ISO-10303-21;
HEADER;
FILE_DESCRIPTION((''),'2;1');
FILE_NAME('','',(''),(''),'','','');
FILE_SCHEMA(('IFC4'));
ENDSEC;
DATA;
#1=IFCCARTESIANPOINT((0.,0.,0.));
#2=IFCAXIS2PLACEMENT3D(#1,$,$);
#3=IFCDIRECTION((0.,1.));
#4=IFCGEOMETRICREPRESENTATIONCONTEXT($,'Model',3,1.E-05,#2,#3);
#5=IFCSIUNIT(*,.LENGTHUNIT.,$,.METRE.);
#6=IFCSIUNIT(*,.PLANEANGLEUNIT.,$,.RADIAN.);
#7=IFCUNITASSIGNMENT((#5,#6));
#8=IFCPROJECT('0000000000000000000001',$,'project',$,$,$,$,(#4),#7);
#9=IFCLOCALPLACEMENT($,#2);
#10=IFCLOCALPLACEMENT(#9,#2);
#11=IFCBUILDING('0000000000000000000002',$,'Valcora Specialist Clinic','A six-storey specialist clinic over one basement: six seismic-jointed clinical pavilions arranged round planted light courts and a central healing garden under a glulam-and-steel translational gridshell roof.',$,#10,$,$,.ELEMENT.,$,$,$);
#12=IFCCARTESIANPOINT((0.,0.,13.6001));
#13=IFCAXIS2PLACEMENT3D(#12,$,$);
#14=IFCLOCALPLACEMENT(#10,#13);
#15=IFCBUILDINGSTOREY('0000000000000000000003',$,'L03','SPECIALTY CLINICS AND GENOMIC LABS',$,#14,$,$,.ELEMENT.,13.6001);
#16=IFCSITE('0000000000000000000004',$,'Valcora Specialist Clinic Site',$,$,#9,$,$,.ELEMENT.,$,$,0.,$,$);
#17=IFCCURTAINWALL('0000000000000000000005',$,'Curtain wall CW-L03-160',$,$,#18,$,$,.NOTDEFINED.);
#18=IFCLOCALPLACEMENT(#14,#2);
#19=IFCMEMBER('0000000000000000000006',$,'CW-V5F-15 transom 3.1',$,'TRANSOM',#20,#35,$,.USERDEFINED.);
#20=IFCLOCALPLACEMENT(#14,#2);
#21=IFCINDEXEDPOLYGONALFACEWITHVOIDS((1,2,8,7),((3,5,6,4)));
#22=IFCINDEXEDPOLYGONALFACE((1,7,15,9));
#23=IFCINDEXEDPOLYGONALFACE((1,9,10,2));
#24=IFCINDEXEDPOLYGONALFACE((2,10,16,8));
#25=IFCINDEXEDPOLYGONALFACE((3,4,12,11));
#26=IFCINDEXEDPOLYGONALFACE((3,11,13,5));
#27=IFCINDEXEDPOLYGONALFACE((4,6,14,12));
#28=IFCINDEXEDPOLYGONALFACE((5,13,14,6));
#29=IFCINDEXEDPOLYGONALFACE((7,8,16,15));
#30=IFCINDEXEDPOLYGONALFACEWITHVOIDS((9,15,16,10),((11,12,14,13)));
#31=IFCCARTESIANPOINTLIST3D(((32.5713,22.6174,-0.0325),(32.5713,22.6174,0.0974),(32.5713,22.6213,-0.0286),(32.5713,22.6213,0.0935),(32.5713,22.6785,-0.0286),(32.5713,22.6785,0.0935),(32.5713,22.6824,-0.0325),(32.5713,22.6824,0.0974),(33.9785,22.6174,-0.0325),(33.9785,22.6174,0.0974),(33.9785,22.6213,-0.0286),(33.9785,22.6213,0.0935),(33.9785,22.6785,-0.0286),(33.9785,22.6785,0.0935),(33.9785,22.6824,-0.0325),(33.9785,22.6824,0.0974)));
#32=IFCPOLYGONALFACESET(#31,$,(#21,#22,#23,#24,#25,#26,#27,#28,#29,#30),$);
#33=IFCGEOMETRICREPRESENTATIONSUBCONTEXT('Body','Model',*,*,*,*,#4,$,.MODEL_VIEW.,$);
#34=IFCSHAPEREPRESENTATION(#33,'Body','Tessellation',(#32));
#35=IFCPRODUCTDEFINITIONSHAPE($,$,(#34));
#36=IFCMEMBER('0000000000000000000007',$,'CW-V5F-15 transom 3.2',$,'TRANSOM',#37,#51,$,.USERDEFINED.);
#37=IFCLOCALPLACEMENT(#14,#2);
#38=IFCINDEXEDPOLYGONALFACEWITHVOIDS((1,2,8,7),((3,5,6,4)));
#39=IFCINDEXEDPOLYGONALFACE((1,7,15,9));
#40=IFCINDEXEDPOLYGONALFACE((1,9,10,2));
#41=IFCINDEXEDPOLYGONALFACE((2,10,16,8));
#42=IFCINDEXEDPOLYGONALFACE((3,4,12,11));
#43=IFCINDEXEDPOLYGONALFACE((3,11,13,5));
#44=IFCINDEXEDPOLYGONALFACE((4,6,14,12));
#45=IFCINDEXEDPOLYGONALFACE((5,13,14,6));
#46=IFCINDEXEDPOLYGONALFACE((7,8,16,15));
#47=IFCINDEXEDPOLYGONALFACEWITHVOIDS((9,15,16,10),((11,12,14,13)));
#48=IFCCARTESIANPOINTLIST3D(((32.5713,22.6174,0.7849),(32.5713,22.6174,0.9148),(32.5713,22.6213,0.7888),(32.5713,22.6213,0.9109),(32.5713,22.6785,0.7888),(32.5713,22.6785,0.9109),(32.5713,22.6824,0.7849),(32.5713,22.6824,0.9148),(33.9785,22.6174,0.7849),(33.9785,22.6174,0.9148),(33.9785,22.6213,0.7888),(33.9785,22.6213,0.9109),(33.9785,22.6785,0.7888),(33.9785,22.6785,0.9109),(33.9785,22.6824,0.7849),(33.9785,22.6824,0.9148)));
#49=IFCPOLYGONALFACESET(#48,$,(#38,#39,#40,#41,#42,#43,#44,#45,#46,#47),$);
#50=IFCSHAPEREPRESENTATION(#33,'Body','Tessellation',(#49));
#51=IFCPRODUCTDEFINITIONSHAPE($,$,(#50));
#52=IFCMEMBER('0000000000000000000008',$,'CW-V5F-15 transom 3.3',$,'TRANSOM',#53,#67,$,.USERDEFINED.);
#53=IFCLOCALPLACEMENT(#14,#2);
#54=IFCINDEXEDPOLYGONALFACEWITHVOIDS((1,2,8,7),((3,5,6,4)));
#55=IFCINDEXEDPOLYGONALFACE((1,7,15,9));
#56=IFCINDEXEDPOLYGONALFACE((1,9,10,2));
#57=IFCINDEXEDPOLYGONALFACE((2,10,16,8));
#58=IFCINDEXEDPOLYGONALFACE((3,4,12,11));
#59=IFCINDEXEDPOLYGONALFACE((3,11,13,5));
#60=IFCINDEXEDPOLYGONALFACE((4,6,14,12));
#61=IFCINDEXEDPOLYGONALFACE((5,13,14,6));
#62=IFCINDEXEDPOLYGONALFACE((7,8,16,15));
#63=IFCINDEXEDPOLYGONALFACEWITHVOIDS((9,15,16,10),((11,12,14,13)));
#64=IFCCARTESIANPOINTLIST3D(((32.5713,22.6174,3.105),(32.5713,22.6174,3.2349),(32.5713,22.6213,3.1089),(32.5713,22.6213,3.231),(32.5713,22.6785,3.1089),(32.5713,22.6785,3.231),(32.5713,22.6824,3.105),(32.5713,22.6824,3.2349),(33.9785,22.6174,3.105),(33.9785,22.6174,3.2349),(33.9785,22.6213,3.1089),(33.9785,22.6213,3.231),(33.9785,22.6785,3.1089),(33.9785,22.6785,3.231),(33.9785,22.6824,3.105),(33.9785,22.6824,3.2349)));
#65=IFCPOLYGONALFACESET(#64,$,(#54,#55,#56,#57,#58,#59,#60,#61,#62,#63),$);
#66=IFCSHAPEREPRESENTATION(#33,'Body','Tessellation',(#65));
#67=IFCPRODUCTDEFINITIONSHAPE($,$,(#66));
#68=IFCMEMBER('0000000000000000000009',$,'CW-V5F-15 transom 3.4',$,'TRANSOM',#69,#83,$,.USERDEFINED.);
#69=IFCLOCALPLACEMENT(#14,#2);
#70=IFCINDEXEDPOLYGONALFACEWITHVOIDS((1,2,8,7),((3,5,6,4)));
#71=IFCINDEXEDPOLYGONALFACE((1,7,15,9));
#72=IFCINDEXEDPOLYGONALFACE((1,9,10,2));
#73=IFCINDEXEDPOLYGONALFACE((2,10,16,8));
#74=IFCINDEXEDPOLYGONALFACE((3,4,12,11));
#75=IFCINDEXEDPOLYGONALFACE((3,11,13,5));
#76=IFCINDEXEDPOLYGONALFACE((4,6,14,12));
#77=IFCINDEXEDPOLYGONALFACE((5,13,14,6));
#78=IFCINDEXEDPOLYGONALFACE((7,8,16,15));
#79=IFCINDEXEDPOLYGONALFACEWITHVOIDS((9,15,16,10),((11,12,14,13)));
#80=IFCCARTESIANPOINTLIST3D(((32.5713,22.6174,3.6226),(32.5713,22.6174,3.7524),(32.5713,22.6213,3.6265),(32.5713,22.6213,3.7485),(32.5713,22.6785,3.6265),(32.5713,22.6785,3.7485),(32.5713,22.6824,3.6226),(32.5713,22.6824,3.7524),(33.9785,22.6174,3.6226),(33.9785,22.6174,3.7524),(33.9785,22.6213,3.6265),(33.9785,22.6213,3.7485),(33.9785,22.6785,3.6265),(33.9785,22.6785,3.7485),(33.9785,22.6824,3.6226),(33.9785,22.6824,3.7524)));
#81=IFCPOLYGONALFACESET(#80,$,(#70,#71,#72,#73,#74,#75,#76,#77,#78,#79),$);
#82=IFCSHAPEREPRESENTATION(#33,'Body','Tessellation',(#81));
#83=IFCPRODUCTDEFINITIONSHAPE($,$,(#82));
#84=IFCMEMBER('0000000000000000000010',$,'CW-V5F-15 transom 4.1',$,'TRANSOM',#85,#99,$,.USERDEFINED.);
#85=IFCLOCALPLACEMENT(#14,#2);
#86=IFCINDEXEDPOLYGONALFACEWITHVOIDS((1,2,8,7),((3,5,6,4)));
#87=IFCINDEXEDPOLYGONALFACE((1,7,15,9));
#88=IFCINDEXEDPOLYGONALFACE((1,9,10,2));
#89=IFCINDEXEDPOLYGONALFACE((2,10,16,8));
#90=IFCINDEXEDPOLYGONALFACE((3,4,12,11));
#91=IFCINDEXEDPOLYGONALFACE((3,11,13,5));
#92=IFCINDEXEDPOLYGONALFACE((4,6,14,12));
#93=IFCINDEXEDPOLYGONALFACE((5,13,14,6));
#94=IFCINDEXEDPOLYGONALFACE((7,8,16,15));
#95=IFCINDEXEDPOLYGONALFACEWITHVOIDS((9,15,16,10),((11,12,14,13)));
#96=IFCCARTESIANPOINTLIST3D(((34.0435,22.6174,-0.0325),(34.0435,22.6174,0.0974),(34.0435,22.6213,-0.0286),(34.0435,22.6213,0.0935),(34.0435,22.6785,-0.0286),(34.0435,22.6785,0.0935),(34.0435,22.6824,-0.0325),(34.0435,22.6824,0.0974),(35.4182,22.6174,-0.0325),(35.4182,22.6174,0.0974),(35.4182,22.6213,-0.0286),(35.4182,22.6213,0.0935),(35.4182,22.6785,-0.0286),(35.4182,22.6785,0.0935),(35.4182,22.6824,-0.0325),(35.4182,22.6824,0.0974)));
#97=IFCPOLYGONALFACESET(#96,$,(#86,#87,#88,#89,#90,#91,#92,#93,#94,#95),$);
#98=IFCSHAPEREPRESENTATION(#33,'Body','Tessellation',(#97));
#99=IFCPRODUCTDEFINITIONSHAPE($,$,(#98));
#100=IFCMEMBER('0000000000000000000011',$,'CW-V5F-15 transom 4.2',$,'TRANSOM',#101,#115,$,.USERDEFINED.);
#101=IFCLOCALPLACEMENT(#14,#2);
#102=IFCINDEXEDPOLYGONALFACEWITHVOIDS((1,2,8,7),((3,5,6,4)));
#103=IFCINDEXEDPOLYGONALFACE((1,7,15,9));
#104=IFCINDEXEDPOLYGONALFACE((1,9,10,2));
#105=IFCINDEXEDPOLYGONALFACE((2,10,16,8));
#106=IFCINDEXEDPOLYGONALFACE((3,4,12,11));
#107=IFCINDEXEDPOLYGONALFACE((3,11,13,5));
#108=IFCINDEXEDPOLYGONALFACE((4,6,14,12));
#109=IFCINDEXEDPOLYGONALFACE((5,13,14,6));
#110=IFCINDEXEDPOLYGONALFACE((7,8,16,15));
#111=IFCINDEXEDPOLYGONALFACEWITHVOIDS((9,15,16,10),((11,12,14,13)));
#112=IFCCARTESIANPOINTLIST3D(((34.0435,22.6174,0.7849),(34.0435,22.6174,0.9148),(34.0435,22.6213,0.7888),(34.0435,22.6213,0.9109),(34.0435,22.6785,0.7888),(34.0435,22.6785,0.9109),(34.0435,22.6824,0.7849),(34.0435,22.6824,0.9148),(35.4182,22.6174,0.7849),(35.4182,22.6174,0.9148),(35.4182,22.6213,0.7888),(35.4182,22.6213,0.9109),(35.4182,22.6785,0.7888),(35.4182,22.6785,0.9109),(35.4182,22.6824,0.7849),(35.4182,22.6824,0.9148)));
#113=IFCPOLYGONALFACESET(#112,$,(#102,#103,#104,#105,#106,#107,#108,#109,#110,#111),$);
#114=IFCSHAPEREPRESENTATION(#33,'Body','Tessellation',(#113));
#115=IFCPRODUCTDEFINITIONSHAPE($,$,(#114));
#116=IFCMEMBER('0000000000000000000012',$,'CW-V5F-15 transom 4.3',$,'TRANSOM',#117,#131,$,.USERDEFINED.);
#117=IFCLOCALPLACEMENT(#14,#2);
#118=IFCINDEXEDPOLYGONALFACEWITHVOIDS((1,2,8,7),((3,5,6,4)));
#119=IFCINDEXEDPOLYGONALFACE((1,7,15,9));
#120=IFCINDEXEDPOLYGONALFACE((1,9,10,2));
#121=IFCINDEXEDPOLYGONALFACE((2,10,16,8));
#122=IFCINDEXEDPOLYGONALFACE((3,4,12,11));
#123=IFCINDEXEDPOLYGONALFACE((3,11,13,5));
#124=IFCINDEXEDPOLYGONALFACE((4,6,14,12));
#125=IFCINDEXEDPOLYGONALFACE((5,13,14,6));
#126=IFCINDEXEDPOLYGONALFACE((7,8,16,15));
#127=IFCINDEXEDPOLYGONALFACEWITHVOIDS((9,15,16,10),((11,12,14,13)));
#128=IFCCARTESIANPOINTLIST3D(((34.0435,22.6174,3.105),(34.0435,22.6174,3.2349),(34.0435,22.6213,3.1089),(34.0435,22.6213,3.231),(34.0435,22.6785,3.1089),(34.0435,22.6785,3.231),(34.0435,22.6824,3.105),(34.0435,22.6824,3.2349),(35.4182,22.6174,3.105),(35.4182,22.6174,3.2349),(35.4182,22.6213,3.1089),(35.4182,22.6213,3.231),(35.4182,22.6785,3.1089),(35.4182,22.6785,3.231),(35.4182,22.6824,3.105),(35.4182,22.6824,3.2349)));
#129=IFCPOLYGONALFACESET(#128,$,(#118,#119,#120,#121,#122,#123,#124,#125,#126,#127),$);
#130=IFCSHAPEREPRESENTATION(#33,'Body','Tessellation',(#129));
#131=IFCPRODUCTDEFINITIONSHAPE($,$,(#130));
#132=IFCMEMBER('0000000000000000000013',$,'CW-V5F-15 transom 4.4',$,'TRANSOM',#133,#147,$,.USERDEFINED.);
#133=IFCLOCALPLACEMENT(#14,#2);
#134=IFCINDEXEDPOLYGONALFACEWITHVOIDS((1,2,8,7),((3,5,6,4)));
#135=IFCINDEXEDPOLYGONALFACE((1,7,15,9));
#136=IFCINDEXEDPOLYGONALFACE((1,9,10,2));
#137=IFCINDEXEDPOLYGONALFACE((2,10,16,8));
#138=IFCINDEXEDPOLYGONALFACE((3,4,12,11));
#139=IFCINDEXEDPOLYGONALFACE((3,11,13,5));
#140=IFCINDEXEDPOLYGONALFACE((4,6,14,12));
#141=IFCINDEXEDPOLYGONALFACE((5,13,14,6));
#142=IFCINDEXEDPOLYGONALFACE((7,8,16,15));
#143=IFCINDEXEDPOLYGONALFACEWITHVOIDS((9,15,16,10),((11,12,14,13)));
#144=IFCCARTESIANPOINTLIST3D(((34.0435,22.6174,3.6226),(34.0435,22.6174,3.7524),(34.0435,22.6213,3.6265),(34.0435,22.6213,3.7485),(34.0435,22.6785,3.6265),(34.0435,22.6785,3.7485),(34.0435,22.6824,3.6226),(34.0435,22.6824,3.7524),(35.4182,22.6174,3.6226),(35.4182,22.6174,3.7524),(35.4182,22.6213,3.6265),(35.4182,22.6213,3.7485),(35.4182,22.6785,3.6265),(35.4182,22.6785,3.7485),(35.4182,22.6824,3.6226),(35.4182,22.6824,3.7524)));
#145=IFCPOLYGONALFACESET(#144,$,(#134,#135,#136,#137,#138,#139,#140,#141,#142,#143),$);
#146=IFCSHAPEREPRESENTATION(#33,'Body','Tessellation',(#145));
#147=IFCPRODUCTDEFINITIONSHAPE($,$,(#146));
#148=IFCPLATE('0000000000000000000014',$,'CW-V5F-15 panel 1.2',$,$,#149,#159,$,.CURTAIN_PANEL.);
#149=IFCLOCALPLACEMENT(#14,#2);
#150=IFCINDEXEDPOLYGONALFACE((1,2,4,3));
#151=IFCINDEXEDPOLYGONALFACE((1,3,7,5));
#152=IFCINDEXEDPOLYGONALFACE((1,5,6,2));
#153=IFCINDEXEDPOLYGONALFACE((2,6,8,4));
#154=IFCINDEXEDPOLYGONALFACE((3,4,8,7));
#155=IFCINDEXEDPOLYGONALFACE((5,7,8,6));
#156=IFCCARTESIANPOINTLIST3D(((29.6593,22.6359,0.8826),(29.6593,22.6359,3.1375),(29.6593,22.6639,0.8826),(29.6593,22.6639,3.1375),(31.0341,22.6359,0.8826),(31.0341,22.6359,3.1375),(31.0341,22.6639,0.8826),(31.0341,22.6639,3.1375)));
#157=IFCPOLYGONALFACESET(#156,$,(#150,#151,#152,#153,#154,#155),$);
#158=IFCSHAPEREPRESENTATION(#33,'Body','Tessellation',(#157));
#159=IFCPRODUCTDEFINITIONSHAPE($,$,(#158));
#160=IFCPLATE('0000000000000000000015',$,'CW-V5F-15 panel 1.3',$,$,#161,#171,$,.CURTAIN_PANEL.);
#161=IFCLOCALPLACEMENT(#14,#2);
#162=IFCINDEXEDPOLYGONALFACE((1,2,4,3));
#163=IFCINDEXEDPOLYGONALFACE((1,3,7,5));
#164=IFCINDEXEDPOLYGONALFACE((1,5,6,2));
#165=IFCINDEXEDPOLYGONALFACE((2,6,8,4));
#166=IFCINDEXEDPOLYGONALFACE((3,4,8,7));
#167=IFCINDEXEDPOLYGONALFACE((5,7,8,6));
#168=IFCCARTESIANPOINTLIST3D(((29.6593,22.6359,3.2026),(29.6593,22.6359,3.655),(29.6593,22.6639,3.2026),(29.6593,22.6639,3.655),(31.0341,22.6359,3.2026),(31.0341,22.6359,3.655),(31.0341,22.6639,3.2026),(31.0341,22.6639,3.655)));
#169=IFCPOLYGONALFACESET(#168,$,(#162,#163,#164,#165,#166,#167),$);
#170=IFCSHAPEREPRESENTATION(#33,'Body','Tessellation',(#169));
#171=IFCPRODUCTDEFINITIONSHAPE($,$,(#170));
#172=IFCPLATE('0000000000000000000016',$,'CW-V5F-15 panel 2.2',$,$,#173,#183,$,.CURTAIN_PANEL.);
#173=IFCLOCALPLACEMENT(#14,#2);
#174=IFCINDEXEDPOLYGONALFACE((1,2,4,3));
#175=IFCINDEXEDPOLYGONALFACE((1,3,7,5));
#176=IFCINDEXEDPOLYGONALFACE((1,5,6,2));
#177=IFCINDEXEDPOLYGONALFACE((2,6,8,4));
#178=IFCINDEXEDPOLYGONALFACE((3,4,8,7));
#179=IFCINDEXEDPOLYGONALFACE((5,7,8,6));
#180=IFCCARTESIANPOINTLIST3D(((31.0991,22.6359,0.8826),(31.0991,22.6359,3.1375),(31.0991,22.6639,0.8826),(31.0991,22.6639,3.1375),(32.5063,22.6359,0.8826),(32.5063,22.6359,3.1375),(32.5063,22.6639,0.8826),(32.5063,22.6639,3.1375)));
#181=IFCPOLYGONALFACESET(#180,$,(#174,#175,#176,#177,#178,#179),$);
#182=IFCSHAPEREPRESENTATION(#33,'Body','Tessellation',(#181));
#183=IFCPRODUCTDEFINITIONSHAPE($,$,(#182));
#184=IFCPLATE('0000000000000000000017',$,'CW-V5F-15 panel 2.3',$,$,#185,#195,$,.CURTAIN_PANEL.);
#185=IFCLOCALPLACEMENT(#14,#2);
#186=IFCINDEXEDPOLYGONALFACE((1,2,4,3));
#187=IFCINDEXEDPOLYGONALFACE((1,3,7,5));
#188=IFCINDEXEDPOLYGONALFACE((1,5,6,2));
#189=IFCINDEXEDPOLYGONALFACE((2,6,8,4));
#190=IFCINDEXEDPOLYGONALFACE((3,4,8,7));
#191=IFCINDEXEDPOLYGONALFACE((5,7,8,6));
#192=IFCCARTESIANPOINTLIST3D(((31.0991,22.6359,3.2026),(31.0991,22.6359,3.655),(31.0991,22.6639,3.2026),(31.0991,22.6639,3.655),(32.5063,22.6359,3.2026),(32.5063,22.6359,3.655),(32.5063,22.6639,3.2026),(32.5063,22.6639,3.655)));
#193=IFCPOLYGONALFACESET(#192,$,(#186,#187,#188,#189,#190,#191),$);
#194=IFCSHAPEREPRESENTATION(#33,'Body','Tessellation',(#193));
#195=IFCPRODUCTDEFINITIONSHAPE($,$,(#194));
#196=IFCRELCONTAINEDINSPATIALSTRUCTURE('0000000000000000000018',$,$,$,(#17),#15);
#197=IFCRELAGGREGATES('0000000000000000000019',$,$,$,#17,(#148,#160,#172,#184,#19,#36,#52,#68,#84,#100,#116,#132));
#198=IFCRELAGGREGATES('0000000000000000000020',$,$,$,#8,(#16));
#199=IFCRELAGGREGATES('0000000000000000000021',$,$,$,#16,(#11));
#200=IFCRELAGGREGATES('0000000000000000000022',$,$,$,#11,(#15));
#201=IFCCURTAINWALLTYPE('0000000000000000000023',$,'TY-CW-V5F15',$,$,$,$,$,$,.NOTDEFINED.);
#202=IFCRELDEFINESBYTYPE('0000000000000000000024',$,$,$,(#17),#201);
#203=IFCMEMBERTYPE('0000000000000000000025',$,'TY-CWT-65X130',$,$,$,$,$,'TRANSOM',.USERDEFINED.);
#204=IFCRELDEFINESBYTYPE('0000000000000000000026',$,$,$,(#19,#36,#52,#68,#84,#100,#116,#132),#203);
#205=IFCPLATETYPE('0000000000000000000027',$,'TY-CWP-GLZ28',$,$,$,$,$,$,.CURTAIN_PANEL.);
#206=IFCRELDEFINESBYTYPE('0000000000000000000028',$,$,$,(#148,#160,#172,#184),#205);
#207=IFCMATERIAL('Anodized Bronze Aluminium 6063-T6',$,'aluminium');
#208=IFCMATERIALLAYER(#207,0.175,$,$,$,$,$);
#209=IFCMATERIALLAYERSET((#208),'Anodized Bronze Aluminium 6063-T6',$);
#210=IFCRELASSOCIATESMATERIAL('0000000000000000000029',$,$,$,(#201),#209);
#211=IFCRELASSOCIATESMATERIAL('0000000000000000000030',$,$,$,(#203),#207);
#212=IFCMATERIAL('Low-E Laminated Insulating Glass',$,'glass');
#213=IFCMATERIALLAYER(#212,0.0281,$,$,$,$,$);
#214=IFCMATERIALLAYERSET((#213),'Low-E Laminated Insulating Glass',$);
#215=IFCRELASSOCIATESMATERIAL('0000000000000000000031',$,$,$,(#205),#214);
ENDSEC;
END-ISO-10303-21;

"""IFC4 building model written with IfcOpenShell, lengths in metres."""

from ifc_helpers import new_model, si_unit, direction, frame, origin, origin_2d, place, context, subcontext, project, spatial, rectangle, hollow_rectangle, extrude, material, layer, layer_set, material_profile, profile_set, type_object, element, aggregate, save


model = new_model("IFC4")

# Units and contexts
model_context = context("Model", 3, precision=1e-05, world=origin(), true_north=direction((0.0, 1.0)))
body_context = subcontext(model_context, "Body", "Model", "MODEL_VIEW")
ifc_project = project(units=[si_unit("LENGTHUNIT", "METRE"), si_unit("PLANEANGLEUNIT", "RADIAN")], contexts=[model_context])

# Site, building, storey
site_placement = place(None, origin())
site = spatial("IfcSite", under=ifc_project, at=site_placement, Name="Valcora Specialist Clinic Site", CompositionType="ELEMENT", RefElevation=0.0)
building_placement = place(site_placement, origin())
building = spatial("IfcBuilding", under=site, at=building_placement, Name="Valcora Specialist Clinic", Description="A six-storey specialist clinic over one basement: six seismic-jointed clinical pavilions arranged round planted light courts and a central healing garden under a glulam-and-steel translational gridshell roof.", CompositionType="ELEMENT")
storey_placement = place(building_placement, frame((0.0, 0.0, 13.6001)))
storey = spatial("IfcBuildingStorey", under=building, at=storey_placement, Name="L03", Description="SPECIALTY CLINICS AND GENOMIC LABS", CompositionType="ELEMENT", Elevation=13.6001)

# Curtain wall, members, plates
ifc_material_1 = material(Name="Anodized Bronze Aluminium 6063-T6", Category="aluminium")
ifc_layer_1 = layer(ifc_material_1, 0.175)
ifc_layer_set_1 = layer_set([ifc_layer_1], Name="Anodized Bronze Aluminium 6063-T6")
curtain_wall_type = type_object("IfcCurtainWallType", Name="TY-CW-V5F15", PredefinedType="NOTDEFINED", material=ifc_layer_set_1)
curtain_wall_placement = place(storey_placement, origin())
curtain_wall = element("IfcCurtainWall", 1, at=curtain_wall_placement, inside=storey, type_object=curtain_wall_type, Name="Curtain wall CW-L03-160", PredefinedType="NOTDEFINED")
ifc_material_profile_1 = material_profile(ifc_material_1, hollow_rectangle(XDim=0.0649, YDim=0.1299, WallThickness=0.0039, at=origin_2d()), Name="AL-TRN-65X130")
ifc_profile_set_1 = profile_set([ifc_material_profile_1], Name="Anodized Bronze Aluminium 6063-T6")
member_type_1 = type_object("IfcMemberType", Name="TY-CWT-65X130", ElementType="TRANSOM", PredefinedType="USERDEFINED", material=ifc_profile_set_1)
member_1_placement = place(storey_placement, frame((32.5713, 22.6499, 0.0325), z_axis=(1.0, 0.0, 0.0), x_axis=(0.0, 1.0, 0.0)))
member_1 = element("IfcMember", 2, at=member_1_placement, type_object=member_type_1, Name="CW-V5F-15 transom 3.1", ObjectType="TRANSOM", PredefinedType="USERDEFINED", context=body_context, shape_type="SweptSolid", body=[
    extrude(hollow_rectangle(XDim=0.0649, YDim=0.1299, WallThickness=0.0039, at=origin_2d()), origin(), (0.0, 0.0, 1.0), 1.4072),
])
member_2_placement = place(storey_placement, frame((32.5713, 22.6499, 0.8499), z_axis=(1.0, 0.0, 0.0), x_axis=(0.0, 1.0, 0.0)))
member_2 = element("IfcMember", 3, at=member_2_placement, type_object=member_type_1, Name="CW-V5F-15 transom 3.2", ObjectType="TRANSOM", PredefinedType="USERDEFINED", context=body_context, shape_type="SweptSolid", body=[
    extrude(hollow_rectangle(XDim=0.0649, YDim=0.1299, WallThickness=0.0039, at=origin_2d()), origin(), (0.0, 0.0, 1.0), 1.4072),
])
member_3_placement = place(storey_placement, frame((32.5713, 22.6499, 3.1699), z_axis=(1.0, 0.0, 0.0), x_axis=(0.0, 1.0, 0.0)))
member_3 = element("IfcMember", 4, at=member_3_placement, type_object=member_type_1, Name="CW-V5F-15 transom 3.3", ObjectType="TRANSOM", PredefinedType="USERDEFINED", context=body_context, shape_type="SweptSolid", body=[
    extrude(hollow_rectangle(XDim=0.0649, YDim=0.1299, WallThickness=0.0039, at=origin_2d()), origin(), (0.0, 0.0, 1.0), 1.4072),
])
member_4_placement = place(storey_placement, frame((32.5713, 22.6499, 3.6875), z_axis=(1.0, 0.0, 0.0), x_axis=(0.0, 1.0, 0.0)))
member_4 = element("IfcMember", 5, at=member_4_placement, type_object=member_type_1, Name="CW-V5F-15 transom 3.4", ObjectType="TRANSOM", PredefinedType="USERDEFINED", context=body_context, shape_type="SweptSolid", body=[
    extrude(hollow_rectangle(XDim=0.0649, YDim=0.1299, WallThickness=0.0039, at=origin_2d()), origin(), (0.0, 0.0, 1.0), 1.4072),
])
member_5_placement = place(storey_placement, frame((34.0435, 22.6499, 0.0325), z_axis=(1.0, 0.0, 0.0), x_axis=(0.0, 1.0, 0.0)))
member_5 = element("IfcMember", 6, at=member_5_placement, type_object=member_type_1, Name="CW-V5F-15 transom 4.1", ObjectType="TRANSOM", PredefinedType="USERDEFINED", context=body_context, shape_type="SweptSolid", body=[
    extrude(hollow_rectangle(XDim=0.0649, YDim=0.1299, WallThickness=0.0039, at=origin_2d()), origin(), (0.0, 0.0, 1.0), 1.3748),
])
member_6_placement = place(storey_placement, frame((34.0435, 22.6499, 0.8499), z_axis=(1.0, 0.0, 0.0), x_axis=(0.0, 1.0, 0.0)))
member_6 = element("IfcMember", 7, at=member_6_placement, type_object=member_type_1, Name="CW-V5F-15 transom 4.2", ObjectType="TRANSOM", PredefinedType="USERDEFINED", context=body_context, shape_type="SweptSolid", body=[
    extrude(hollow_rectangle(XDim=0.0649, YDim=0.1299, WallThickness=0.0039, at=origin_2d()), origin(), (0.0, 0.0, 1.0), 1.3748),
])
member_7_placement = place(storey_placement, frame((34.0435, 22.6499, 3.1699), z_axis=(1.0, 0.0, 0.0), x_axis=(0.0, 1.0, 0.0)))
member_7 = element("IfcMember", 8, at=member_7_placement, type_object=member_type_1, Name="CW-V5F-15 transom 4.3", ObjectType="TRANSOM", PredefinedType="USERDEFINED", context=body_context, shape_type="SweptSolid", body=[
    extrude(hollow_rectangle(XDim=0.0649, YDim=0.1299, WallThickness=0.0039, at=origin_2d()), origin(), (0.0, 0.0, 1.0), 1.3748),
])
member_8_placement = place(storey_placement, frame((34.0435, 22.6499, 3.6875), z_axis=(1.0, 0.0, 0.0), x_axis=(0.0, 1.0, 0.0)))
member_8 = element("IfcMember", 9, at=member_8_placement, type_object=member_type_1, Name="CW-V5F-15 transom 4.4", ObjectType="TRANSOM", PredefinedType="USERDEFINED", context=body_context, shape_type="SweptSolid", body=[
    extrude(hollow_rectangle(XDim=0.0649, YDim=0.1299, WallThickness=0.0039, at=origin_2d()), origin(), (0.0, 0.0, 1.0), 1.3748),
])
ifc_material_2 = material(Name="Low-E Laminated Insulating Glass", Category="glass")
ifc_layer_2 = layer(ifc_material_2, 0.0281)
ifc_layer_set_2 = layer_set([ifc_layer_2], Name="Low-E Laminated Insulating Glass")
plate_type_1 = type_object("IfcPlateType", Name="TY-CWP-GLZ28", PredefinedType="CURTAIN_PANEL", material=ifc_layer_set_2)
plate_1_placement = place(storey_placement, frame((30.3467, 22.6499, 0.8826), z_axis=(0.0, 0.0, 1.0), x_axis=(1.0, 0.0, 0.0)))
plate_1 = element("IfcPlate", 10, at=plate_1_placement, type_object=plate_type_1, Name="CW-V5F-15 panel 1.2", PredefinedType="CURTAIN_PANEL", context=body_context, shape_type="SweptSolid", body=[
    extrude(rectangle(XDim=1.3748, YDim=0.0281, at=origin_2d()), origin(), (0.0, 0.0, 1.0), 2.2549),
])
plate_2_placement = place(storey_placement, frame((30.3467, 22.6499, 3.2026), z_axis=(0.0, 0.0, 1.0), x_axis=(1.0, 0.0, 0.0)))
plate_2 = element("IfcPlate", 11, at=plate_2_placement, type_object=plate_type_1, Name="CW-V5F-15 panel 1.3", PredefinedType="CURTAIN_PANEL", context=body_context, shape_type="SweptSolid", body=[
    extrude(rectangle(XDim=1.3748, YDim=0.0281, at=origin_2d()), origin(), (0.0, 0.0, 1.0), 0.4524),
])
plate_3_placement = place(storey_placement, frame((31.8027, 22.6499, 0.8826), z_axis=(0.0, 0.0, 1.0), x_axis=(1.0, 0.0, 0.0)))
plate_3 = element("IfcPlate", 12, at=plate_3_placement, type_object=plate_type_1, Name="CW-V5F-15 panel 2.2", PredefinedType="CURTAIN_PANEL", context=body_context, shape_type="SweptSolid", body=[
    extrude(rectangle(XDim=1.4072, YDim=0.0281, at=origin_2d()), origin(), (0.0, 0.0, 1.0), 2.2549),
])
plate_4_placement = place(storey_placement, frame((31.8027, 22.6499, 3.2026), z_axis=(0.0, 0.0, 1.0), x_axis=(1.0, 0.0, 0.0)))
plate_4 = element("IfcPlate", 13, at=plate_4_placement, type_object=plate_type_1, Name="CW-V5F-15 panel 2.3", PredefinedType="CURTAIN_PANEL", context=body_context, shape_type="SweptSolid", body=[
    extrude(rectangle(XDim=1.4072, YDim=0.0281, at=origin_2d()), origin(), (0.0, 0.0, 1.0), 0.4524),
])
aggregate(curtain_wall, [plate_1, plate_2, plate_3, plate_4, member_1, member_2, member_3, member_4, member_5, member_6, member_7, member_8])

save(model, "model.ifc")
